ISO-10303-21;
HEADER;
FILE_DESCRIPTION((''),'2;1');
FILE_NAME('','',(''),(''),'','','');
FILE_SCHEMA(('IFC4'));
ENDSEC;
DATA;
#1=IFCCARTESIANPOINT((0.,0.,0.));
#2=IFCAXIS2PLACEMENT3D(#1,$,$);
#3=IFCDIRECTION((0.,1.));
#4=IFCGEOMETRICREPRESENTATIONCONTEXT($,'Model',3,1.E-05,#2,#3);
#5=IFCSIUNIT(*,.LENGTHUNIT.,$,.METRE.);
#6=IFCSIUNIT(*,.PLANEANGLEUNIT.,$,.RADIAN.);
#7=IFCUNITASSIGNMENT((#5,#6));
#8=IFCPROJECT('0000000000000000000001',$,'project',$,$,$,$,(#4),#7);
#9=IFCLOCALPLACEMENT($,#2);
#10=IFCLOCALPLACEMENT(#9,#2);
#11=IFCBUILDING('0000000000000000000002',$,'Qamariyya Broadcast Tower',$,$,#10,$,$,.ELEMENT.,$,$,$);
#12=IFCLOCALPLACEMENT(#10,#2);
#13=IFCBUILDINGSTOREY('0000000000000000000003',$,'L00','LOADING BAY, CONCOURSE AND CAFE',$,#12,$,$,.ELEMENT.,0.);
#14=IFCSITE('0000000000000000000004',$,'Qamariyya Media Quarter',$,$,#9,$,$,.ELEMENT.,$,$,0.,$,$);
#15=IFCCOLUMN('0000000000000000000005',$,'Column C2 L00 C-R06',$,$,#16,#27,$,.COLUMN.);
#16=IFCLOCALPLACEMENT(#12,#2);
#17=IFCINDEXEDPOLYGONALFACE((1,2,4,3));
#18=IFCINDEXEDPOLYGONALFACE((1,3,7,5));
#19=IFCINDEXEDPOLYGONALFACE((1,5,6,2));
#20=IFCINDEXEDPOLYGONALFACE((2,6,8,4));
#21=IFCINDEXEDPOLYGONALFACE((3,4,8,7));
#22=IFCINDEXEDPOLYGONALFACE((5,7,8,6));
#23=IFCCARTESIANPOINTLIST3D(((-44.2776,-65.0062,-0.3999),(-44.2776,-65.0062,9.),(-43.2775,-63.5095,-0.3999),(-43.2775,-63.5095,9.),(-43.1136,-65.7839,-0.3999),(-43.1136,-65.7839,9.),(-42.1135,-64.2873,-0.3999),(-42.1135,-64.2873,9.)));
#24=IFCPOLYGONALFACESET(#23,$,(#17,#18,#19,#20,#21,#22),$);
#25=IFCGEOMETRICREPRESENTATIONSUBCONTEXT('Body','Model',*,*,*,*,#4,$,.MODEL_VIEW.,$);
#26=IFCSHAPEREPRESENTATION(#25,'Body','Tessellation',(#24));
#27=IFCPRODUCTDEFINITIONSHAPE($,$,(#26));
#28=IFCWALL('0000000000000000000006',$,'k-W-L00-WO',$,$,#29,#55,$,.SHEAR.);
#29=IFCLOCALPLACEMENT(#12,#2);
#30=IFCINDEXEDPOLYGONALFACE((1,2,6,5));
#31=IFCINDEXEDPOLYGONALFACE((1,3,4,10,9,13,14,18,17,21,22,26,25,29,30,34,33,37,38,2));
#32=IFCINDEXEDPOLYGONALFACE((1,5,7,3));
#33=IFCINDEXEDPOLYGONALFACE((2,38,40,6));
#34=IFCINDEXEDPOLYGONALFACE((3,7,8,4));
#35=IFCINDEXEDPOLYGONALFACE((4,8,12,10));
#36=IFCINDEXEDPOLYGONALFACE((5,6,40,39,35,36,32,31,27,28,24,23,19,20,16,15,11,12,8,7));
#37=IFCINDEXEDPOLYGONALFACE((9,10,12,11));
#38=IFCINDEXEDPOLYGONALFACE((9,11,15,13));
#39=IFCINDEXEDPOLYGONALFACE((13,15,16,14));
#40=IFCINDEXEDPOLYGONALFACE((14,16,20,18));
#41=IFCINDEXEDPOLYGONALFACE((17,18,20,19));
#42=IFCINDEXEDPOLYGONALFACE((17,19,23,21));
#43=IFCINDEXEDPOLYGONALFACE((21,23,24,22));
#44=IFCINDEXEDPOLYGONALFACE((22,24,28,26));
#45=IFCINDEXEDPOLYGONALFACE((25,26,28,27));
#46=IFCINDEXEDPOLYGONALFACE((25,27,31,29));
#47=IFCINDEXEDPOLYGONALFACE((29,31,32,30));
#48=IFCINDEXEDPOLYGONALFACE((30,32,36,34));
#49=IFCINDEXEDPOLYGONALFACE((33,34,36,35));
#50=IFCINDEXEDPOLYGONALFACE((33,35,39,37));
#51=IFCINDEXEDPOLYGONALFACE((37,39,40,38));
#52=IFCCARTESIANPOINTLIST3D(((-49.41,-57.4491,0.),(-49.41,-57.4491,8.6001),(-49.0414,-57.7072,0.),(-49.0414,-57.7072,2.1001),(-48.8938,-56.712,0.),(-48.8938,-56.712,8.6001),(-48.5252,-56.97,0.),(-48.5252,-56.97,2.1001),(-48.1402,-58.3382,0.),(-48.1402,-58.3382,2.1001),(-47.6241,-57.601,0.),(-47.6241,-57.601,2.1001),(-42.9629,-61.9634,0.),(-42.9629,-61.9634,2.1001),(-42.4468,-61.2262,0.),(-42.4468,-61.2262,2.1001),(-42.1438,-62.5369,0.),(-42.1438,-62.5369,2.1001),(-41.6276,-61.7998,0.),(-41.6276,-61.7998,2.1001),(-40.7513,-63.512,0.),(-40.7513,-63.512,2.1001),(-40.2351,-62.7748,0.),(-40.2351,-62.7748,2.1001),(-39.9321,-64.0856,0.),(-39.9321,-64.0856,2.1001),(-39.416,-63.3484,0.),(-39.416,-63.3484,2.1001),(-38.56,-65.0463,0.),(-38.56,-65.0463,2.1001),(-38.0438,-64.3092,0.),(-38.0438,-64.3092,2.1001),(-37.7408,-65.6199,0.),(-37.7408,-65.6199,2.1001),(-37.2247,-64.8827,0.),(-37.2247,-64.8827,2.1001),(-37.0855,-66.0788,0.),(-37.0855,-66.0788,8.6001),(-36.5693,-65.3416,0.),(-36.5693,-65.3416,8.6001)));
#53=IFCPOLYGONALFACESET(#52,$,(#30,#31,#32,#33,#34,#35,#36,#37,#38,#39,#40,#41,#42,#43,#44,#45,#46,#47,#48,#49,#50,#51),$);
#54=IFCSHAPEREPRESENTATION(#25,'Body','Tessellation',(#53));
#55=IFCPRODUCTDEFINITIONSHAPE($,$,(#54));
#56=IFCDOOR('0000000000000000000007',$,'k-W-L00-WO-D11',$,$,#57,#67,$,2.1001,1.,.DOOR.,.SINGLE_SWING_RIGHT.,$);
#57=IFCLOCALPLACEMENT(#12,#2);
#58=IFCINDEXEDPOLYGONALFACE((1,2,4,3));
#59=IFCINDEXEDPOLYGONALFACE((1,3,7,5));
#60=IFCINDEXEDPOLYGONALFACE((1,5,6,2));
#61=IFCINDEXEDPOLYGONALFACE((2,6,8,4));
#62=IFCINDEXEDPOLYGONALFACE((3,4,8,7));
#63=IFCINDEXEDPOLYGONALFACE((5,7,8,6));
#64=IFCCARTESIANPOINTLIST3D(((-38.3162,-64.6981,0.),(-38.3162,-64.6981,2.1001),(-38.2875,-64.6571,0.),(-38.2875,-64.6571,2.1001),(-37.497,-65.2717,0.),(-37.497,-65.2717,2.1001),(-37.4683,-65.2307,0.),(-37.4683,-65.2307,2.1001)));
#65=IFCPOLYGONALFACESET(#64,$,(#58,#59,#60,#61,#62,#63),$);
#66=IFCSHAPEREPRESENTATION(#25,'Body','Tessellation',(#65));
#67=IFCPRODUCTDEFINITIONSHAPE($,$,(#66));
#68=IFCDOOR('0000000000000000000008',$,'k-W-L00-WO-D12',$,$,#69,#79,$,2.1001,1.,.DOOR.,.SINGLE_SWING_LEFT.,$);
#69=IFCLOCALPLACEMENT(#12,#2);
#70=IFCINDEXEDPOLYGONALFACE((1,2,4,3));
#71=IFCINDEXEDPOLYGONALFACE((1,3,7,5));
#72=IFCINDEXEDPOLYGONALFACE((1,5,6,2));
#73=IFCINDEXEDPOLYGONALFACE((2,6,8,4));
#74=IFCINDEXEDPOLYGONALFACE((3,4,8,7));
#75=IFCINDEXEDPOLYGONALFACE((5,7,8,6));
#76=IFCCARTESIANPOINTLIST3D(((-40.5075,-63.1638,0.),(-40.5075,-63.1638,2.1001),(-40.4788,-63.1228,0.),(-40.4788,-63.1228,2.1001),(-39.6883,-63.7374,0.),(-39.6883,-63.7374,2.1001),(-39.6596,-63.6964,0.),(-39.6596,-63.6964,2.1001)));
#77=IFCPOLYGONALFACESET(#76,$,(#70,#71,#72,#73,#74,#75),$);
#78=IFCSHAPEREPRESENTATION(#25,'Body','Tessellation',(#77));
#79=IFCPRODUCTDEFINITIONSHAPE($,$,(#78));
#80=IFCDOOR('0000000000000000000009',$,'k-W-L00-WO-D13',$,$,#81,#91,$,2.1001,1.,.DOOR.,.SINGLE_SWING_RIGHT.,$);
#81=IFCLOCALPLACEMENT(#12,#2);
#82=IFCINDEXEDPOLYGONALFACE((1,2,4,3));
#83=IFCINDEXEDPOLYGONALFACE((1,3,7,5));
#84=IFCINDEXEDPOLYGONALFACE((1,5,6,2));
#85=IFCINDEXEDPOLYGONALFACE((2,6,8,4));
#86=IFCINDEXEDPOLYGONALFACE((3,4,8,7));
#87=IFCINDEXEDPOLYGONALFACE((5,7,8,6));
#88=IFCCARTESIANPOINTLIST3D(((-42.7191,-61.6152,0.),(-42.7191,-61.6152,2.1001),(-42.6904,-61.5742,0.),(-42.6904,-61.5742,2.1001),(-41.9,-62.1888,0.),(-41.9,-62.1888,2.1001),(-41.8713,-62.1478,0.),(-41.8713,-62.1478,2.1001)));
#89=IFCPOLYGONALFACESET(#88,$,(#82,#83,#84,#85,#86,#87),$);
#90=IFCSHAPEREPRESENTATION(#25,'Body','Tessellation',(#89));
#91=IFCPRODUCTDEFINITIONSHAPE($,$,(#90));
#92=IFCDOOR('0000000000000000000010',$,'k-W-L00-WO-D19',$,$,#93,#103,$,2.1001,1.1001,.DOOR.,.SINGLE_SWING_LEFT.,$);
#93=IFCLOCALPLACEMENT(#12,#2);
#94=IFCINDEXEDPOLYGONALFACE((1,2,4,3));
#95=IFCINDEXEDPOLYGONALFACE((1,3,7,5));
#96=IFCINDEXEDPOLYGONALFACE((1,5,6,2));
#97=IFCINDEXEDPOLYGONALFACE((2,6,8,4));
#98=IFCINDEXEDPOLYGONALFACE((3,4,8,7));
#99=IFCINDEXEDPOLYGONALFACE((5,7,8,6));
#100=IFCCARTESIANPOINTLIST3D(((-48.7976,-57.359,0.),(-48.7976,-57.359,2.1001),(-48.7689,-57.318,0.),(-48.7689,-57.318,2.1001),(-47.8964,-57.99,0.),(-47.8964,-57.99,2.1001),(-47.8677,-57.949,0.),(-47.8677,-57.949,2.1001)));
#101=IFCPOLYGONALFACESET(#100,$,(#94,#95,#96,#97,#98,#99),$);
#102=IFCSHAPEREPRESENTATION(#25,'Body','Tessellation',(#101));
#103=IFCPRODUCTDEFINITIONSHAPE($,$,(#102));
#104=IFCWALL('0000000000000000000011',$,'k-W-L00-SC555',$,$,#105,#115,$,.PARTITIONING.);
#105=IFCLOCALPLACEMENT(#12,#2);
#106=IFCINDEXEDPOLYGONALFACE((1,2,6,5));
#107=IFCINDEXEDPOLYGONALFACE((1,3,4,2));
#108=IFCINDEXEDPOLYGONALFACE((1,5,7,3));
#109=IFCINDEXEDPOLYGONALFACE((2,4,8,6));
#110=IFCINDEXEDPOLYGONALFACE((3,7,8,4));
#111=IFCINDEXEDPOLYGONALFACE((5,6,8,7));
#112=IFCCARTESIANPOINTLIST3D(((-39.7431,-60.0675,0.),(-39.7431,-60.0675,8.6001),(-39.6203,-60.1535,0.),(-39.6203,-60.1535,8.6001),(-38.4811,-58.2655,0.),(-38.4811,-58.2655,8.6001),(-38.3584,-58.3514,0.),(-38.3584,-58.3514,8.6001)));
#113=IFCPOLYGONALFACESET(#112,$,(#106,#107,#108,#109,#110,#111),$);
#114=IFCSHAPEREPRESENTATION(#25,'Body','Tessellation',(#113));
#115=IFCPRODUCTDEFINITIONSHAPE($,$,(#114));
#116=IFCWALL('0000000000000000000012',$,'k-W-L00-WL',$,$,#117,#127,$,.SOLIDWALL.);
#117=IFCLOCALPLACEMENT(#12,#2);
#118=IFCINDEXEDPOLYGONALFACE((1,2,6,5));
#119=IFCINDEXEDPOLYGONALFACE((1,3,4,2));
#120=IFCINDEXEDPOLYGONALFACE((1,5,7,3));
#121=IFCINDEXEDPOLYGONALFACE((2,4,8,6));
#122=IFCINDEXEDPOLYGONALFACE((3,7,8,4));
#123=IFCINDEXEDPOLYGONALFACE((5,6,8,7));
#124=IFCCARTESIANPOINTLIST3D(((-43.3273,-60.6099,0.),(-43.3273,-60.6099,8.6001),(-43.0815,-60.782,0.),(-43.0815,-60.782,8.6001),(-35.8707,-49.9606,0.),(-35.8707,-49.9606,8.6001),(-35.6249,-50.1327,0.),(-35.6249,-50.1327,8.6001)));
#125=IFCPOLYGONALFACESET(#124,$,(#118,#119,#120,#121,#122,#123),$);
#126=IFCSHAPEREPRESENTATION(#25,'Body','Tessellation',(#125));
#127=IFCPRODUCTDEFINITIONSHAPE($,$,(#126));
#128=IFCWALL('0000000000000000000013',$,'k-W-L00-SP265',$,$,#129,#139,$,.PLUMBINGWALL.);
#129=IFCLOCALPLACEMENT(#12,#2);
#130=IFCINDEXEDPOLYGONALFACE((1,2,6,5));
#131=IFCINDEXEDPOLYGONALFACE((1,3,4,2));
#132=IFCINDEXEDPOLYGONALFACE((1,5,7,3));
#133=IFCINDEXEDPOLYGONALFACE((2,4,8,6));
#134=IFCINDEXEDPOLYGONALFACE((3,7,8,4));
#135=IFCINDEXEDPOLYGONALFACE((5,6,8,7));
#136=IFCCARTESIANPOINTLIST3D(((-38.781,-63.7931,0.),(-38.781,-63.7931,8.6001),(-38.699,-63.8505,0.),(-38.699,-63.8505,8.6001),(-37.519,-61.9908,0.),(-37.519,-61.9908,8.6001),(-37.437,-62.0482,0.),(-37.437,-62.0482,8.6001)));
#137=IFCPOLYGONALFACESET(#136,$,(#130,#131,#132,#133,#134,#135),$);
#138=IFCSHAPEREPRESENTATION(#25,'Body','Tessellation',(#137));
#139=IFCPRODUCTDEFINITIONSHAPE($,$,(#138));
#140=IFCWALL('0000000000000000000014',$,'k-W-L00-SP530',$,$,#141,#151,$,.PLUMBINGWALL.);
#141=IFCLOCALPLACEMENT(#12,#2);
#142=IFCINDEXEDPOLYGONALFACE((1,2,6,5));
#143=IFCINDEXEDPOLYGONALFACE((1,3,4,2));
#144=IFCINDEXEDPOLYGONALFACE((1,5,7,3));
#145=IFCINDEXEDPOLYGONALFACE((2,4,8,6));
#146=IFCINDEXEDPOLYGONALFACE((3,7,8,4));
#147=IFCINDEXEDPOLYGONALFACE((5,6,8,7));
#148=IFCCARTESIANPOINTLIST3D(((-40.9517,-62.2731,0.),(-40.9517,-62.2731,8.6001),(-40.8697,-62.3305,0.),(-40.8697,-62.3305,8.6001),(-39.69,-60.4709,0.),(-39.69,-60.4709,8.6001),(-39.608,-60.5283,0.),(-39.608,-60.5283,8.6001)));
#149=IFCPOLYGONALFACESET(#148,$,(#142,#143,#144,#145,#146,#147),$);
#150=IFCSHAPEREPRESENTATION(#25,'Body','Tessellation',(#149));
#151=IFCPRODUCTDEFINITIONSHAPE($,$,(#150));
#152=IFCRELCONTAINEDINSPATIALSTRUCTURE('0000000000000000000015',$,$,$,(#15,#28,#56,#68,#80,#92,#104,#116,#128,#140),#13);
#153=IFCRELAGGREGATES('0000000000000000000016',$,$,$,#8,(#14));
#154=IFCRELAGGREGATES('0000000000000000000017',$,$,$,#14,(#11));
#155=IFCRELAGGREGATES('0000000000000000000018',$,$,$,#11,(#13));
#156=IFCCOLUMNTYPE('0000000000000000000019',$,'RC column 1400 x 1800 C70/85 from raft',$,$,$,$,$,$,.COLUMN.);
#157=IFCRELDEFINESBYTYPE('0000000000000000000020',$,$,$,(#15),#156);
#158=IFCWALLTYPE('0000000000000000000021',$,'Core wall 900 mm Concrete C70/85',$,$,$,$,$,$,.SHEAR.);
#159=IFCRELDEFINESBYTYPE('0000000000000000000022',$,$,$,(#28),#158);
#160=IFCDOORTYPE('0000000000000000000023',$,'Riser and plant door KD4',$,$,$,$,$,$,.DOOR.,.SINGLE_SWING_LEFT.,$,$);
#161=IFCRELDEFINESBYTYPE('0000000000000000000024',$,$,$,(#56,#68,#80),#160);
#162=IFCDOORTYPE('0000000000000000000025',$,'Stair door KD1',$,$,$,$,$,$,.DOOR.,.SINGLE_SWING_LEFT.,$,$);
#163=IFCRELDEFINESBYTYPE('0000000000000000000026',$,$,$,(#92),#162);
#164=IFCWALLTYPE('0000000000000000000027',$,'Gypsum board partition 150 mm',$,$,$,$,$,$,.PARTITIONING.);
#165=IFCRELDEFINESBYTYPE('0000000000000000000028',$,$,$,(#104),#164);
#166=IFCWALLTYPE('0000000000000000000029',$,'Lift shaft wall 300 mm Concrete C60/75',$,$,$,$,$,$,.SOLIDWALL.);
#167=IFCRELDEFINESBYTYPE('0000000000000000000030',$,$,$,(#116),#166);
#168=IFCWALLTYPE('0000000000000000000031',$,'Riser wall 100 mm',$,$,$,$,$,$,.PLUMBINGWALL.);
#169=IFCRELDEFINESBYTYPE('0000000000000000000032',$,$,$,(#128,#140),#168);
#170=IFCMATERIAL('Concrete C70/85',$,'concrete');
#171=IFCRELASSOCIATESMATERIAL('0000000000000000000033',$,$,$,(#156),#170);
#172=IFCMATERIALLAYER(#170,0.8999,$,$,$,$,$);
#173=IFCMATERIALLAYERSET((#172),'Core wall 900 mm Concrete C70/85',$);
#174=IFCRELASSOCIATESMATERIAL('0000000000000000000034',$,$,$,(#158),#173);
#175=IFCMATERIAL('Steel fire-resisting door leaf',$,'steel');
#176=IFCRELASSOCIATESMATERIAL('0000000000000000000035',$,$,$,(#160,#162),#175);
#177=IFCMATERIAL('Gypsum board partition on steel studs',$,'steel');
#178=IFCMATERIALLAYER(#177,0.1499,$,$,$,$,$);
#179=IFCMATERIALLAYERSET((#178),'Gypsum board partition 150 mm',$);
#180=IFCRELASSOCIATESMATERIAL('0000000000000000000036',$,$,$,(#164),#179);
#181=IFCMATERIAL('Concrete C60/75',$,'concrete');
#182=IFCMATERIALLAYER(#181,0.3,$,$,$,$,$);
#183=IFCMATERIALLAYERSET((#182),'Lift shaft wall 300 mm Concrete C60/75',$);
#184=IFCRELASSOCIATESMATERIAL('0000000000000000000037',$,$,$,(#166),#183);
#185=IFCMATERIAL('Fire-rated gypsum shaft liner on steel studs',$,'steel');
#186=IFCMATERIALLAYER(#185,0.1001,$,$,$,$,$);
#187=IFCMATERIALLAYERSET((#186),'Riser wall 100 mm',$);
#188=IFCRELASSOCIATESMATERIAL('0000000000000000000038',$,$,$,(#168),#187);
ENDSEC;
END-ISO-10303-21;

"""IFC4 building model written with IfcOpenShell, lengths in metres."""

from ifc_helpers import new_model, si_unit, direction, frame, frame_2d, origin, origin_2d, place, context, subcontext, project, spatial, rectangle, extrude, material, layer, layer_set, material_profile, profile_set, type_object, element, fill, save


model = new_model("IFC4")

# Units and contexts
model_context = context("Model", 3, precision=1e-05, world=origin(), true_north=direction((0.0, 1.0)))
body_context = subcontext(model_context, "Body", "Model", "MODEL_VIEW")
ifc_project = project(units=[si_unit("LENGTHUNIT", "METRE"), si_unit("PLANEANGLEUNIT", "RADIAN")], contexts=[model_context])

# Site, building, storey
site_placement = place(None, origin())
site = spatial("IfcSite", under=ifc_project, at=site_placement, Name="Qamariyya Media Quarter", CompositionType="ELEMENT", RefElevation=0.0)
building_placement = place(site_placement, origin())
building = spatial("IfcBuilding", under=site, at=building_placement, Name="Qamariyya Broadcast Tower", CompositionType="ELEMENT")
storey_placement = place(building_placement, origin())
storey = spatial("IfcBuildingStorey", under=building, at=storey_placement, Name="L00", Description="LOADING BAY, CONCOURSE AND CAFE", CompositionType="ELEMENT", Elevation=0.0)

# Column
ifc_material_1 = material(Name="Concrete C70/85", Category="concrete")
ifc_material_profile_1 = material_profile(ifc_material_1, rectangle(XDim=1.3999, YDim=1.8, at=origin_2d()))
ifc_profile_set_1 = profile_set([ifc_material_profile_1], Name="Concrete C70/85")
column_type_1 = type_object("IfcColumnType", Name="RC column 1400 x 1800 C70/85 from raft", PredefinedType="COLUMN", material=ifc_profile_set_1)
column_1_placement = place(storey_placement, frame((-43.1956, -64.6467, -0.3999), z_axis=(0.0, 0.0, 1.0), x_axis=(0.83147, -0.55557, 0.0)))
element("IfcColumn", 1, at=column_1_placement, inside=storey, type_object=column_type_1, Name="Column C2 L00 C-R06", PredefinedType="COLUMN", context=body_context, shape_type="SweptSolid", body=[
    extrude(rectangle(XDim=1.3999, YDim=1.8, at=origin_2d()), origin(), (0.0, 0.0, 1.0), 9.3999),
])

# Wall, openings, doors
ifc_layer_1 = layer(ifc_material_1, 0.8999)
ifc_layer_set_1 = layer_set([ifc_layer_1], Name="Core wall 900 mm Concrete C70/85")
wall_type_1 = type_object("IfcWallType", Name="Core wall 900 mm Concrete C70/85", PredefinedType="SHEAR", material=ifc_layer_set_1)
wall_1_placement = place(storey_placement, frame((-36.8274, -65.7102, 0.0), z_axis=(0.0, 0.0, 1.0), x_axis=(-0.819153, 0.573575, 0.0)))
wall_1 = element("IfcWall", 2, at=wall_1_placement, inside=storey, type_object=wall_type_1, Name="k-W-L00-WO", PredefinedType="SHEAR", context=body_context, shape_type="SweptSolid", body=[
    extrude(rectangle(XDim=15.0454, YDim=0.8999, at=frame_2d((7.5227, 0.0))), origin(), (0.0, 0.0, 1.0), 8.6001),
])
opening_1_placement = place(wall_1_placement, frame((0.8, 0.0, 0.0)))
opening_1 = element("IfcOpeningElement", 3, at=opening_1_placement, cuts=wall_1, PredefinedType="OPENING", context=body_context, shape_type="SweptSolid", body=[
    extrude(rectangle(XDim=1.0, YDim=2.1001, at=frame_2d((0.5, 1.05))), frame((0.0, 0.46, 0.0), z_axis=(0.0, -1.0, 0.0), x_axis=(1.0, 0.0, 0.0)), (0.0, 0.0, 1.0), 0.9199),
])
opening_2_placement = place(wall_1_placement, frame((3.4751, 0.0, 0.0)))
opening_2 = element("IfcOpeningElement", 4, at=opening_2_placement, cuts=wall_1, PredefinedType="OPENING", context=body_context, shape_type="SweptSolid", body=[
    extrude(rectangle(XDim=1.0, YDim=2.1001, at=frame_2d((0.5, 1.05))), frame((0.0, 0.46, 0.0), z_axis=(0.0, -1.0, 0.0), x_axis=(1.0, 0.0, 0.0)), (0.0, 0.0, 1.0), 0.9199),
])
opening_3_placement = place(wall_1_placement, frame((6.175, 0.0, 0.0)))
opening_3 = element("IfcOpeningElement", 5, at=opening_3_placement, cuts=wall_1, PredefinedType="OPENING", context=body_context, shape_type="SweptSolid", body=[
    extrude(rectangle(XDim=1.0, YDim=2.1001, at=frame_2d((0.5, 1.05))), frame((0.0, 0.46, 0.0), z_axis=(0.0, -1.0, 0.0), x_axis=(1.0, 0.0, 0.0)), (0.0, 0.0, 1.0), 0.9199),
])
opening_4_placement = place(wall_1_placement, frame((13.4954, 0.0, 0.0)))
opening_4 = element("IfcOpeningElement", 6, at=opening_4_placement, cuts=wall_1, PredefinedType="OPENING", context=body_context, shape_type="SweptSolid", body=[
    extrude(rectangle(XDim=1.1001, YDim=2.1001, at=frame_2d((0.55, 1.05))), frame((0.0, 0.46, 0.0), z_axis=(0.0, -1.0, 0.0), x_axis=(1.0, 0.0, 0.0)), (0.0, 0.0, 1.0), 0.9199),
])
ifc_material_2 = material(Name="Steel fire-resisting door leaf", Category="steel")
door_type_1 = type_object("IfcDoorType", Name="Riser and plant door KD4", OperationType="SINGLE_SWING_LEFT", PredefinedType="DOOR", material=ifc_material_2)
door_1_placement = place(opening_1_placement, origin())
door_1 = element("IfcDoor", 7, at=door_1_placement, inside=storey, type_object=door_type_1, Name="k-W-L00-WO-D11", OperationType="SINGLE_SWING_RIGHT", OverallHeight=2.1001, OverallWidth=1.0, PredefinedType="DOOR", context=body_context, shape_type="SweptSolid", body=[
    extrude(rectangle(XDim=1.0, YDim=2.1001, at=frame_2d((0.5, 1.05))), frame((0.0, 0.0249, 0.0), z_axis=(0.0, -1.0, 0.0), x_axis=(1.0, 0.0, 0.0)), (0.0, 0.0, 1.0), 0.05),
])
fill(opening_1, door_1)
door_2_placement = place(opening_2_placement, origin())
door_2 = element("IfcDoor", 8, at=door_2_placement, inside=storey, type_object=door_type_1, Name="k-W-L00-WO-D12", OperationType="SINGLE_SWING_LEFT", OverallHeight=2.1001, OverallWidth=1.0, PredefinedType="DOOR", context=body_context, shape_type="SweptSolid", body=[
    extrude(rectangle(XDim=1.0, YDim=2.1001, at=frame_2d((0.5, 1.05))), frame((0.0, 0.0249, 0.0), z_axis=(0.0, -1.0, 0.0), x_axis=(1.0, 0.0, 0.0)), (0.0, 0.0, 1.0), 0.05),
])
fill(opening_2, door_2)
door_3_placement = place(opening_3_placement, origin())
door_3 = element("IfcDoor", 9, at=door_3_placement, inside=storey, type_object=door_type_1, Name="k-W-L00-WO-D13", OperationType="SINGLE_SWING_RIGHT", OverallHeight=2.1001, OverallWidth=1.0, PredefinedType="DOOR", context=body_context, shape_type="SweptSolid", body=[
    extrude(rectangle(XDim=1.0, YDim=2.1001, at=frame_2d((0.5, 1.05))), frame((0.0, 0.0249, 0.0), z_axis=(0.0, -1.0, 0.0), x_axis=(1.0, 0.0, 0.0)), (0.0, 0.0, 1.0), 0.05),
])
fill(opening_3, door_3)
door_type_2 = type_object("IfcDoorType", Name="Stair door KD1", OperationType="SINGLE_SWING_LEFT", PredefinedType="DOOR", material=ifc_material_2)
door_4_placement = place(opening_4_placement, origin())
door_4 = element("IfcDoor", 10, at=door_4_placement, inside=storey, type_object=door_type_2, Name="k-W-L00-WO-D19", OperationType="SINGLE_SWING_LEFT", OverallHeight=2.1001, OverallWidth=1.1001, PredefinedType="DOOR", context=body_context, shape_type="SweptSolid", body=[
    extrude(rectangle(XDim=1.1001, YDim=2.1001, at=frame_2d((0.55, 1.05))), frame((0.0, 0.0249, 0.0), z_axis=(0.0, -1.0, 0.0), x_axis=(1.0, 0.0, 0.0)), (0.0, 0.0, 1.0), 0.05),
])
fill(opening_4, door_4)

# Walls
ifc_material_3 = material(Name="Gypsum board partition on steel studs", Category="steel")
ifc_layer_2 = layer(ifc_material_3, 0.1499)
ifc_layer_set_2 = layer_set([ifc_layer_2], Name="Gypsum board partition 150 mm")
wall_type_2 = type_object("IfcWallType", Name="Gypsum board partition 150 mm", PredefinedType="PARTITIONING", material=ifc_layer_set_2)
wall_2_placement = place(storey_placement, frame((-38.4197, -58.3083, 0.0), z_axis=(0.0, 0.0, 1.0), x_axis=(-0.573634, -0.819112, 0.0)))
element("IfcWall", 11, at=wall_2_placement, inside=storey, type_object=wall_type_2, Name="k-W-L00-SC555", PredefinedType="PARTITIONING", context=body_context, shape_type="SweptSolid", body=[
    extrude(rectangle(XDim=2.2, YDim=0.1499, at=frame_2d((1.1001, 0.0))), origin(), (0.0, 0.0, 1.0), 8.6001),
])
ifc_material_4 = material(Name="Concrete C60/75", Category="concrete")
ifc_layer_3 = layer(ifc_material_4, 0.3)
ifc_layer_set_3 = layer_set([ifc_layer_3], Name="Lift shaft wall 300 mm Concrete C60/75")
wall_type_3 = type_object("IfcWallType", Name="Lift shaft wall 300 mm Concrete C60/75", PredefinedType="SOLIDWALL", material=ifc_layer_set_3)
wall_3_placement = place(storey_placement, frame((-43.2043, -60.6958, 0.0), z_axis=(0.0, 0.0, 1.0), x_axis=(0.573572, 0.819155, 0.0)))
element("IfcWall", 12, at=wall_3_placement, inside=storey, type_object=wall_type_3, Name="k-W-L00-WL", PredefinedType="SOLIDWALL", context=body_context, shape_type="SweptSolid", body=[
    extrude(rectangle(XDim=13.0002, YDim=0.3, at=frame_2d((6.5, 0.0))), origin(), (0.0, 0.0, 1.0), 8.6001),
])
ifc_material_5 = material(Name="Fire-rated gypsum shaft liner on steel studs", Category="steel")
ifc_layer_4 = layer(ifc_material_5, 0.1001)
ifc_layer_set_4 = layer_set([ifc_layer_4], Name="Riser wall 100 mm")
wall_type_4 = type_object("IfcWallType", Name="Riser wall 100 mm", PredefinedType="PLUMBINGWALL", material=ifc_layer_set_4)
wall_4_placement = place(storey_placement, frame((-37.478, -62.0195, 0.0), z_axis=(0.0, 0.0, 1.0), x_axis=(-0.573581, -0.819149, 0.0)))
element("IfcWall", 13, at=wall_4_placement, inside=storey, type_object=wall_type_4, Name="k-W-L00-SP265", PredefinedType="PLUMBINGWALL", context=body_context, shape_type="SweptSolid", body=[
    extrude(rectangle(XDim=2.2002, YDim=0.1001, at=frame_2d((1.1001, 0.0))), origin(), (0.0, 0.0, 1.0), 8.6001),
])
wall_5_placement = place(storey_placement, frame((-39.6489, -60.4995, 0.0), z_axis=(0.0, 0.0, 1.0), x_axis=(-0.573507, -0.819201, 0.0)))
element("IfcWall", 14, at=wall_5_placement, inside=storey, type_object=wall_type_4, Name="k-W-L00-SP530", PredefinedType="PLUMBINGWALL", context=body_context, shape_type="SweptSolid", body=[
    extrude(rectangle(XDim=2.2, YDim=0.1001, at=frame_2d((1.1001, 0.0))), origin(), (0.0, 0.0, 1.0), 8.6001),
])

save(model, "model.ifc")
